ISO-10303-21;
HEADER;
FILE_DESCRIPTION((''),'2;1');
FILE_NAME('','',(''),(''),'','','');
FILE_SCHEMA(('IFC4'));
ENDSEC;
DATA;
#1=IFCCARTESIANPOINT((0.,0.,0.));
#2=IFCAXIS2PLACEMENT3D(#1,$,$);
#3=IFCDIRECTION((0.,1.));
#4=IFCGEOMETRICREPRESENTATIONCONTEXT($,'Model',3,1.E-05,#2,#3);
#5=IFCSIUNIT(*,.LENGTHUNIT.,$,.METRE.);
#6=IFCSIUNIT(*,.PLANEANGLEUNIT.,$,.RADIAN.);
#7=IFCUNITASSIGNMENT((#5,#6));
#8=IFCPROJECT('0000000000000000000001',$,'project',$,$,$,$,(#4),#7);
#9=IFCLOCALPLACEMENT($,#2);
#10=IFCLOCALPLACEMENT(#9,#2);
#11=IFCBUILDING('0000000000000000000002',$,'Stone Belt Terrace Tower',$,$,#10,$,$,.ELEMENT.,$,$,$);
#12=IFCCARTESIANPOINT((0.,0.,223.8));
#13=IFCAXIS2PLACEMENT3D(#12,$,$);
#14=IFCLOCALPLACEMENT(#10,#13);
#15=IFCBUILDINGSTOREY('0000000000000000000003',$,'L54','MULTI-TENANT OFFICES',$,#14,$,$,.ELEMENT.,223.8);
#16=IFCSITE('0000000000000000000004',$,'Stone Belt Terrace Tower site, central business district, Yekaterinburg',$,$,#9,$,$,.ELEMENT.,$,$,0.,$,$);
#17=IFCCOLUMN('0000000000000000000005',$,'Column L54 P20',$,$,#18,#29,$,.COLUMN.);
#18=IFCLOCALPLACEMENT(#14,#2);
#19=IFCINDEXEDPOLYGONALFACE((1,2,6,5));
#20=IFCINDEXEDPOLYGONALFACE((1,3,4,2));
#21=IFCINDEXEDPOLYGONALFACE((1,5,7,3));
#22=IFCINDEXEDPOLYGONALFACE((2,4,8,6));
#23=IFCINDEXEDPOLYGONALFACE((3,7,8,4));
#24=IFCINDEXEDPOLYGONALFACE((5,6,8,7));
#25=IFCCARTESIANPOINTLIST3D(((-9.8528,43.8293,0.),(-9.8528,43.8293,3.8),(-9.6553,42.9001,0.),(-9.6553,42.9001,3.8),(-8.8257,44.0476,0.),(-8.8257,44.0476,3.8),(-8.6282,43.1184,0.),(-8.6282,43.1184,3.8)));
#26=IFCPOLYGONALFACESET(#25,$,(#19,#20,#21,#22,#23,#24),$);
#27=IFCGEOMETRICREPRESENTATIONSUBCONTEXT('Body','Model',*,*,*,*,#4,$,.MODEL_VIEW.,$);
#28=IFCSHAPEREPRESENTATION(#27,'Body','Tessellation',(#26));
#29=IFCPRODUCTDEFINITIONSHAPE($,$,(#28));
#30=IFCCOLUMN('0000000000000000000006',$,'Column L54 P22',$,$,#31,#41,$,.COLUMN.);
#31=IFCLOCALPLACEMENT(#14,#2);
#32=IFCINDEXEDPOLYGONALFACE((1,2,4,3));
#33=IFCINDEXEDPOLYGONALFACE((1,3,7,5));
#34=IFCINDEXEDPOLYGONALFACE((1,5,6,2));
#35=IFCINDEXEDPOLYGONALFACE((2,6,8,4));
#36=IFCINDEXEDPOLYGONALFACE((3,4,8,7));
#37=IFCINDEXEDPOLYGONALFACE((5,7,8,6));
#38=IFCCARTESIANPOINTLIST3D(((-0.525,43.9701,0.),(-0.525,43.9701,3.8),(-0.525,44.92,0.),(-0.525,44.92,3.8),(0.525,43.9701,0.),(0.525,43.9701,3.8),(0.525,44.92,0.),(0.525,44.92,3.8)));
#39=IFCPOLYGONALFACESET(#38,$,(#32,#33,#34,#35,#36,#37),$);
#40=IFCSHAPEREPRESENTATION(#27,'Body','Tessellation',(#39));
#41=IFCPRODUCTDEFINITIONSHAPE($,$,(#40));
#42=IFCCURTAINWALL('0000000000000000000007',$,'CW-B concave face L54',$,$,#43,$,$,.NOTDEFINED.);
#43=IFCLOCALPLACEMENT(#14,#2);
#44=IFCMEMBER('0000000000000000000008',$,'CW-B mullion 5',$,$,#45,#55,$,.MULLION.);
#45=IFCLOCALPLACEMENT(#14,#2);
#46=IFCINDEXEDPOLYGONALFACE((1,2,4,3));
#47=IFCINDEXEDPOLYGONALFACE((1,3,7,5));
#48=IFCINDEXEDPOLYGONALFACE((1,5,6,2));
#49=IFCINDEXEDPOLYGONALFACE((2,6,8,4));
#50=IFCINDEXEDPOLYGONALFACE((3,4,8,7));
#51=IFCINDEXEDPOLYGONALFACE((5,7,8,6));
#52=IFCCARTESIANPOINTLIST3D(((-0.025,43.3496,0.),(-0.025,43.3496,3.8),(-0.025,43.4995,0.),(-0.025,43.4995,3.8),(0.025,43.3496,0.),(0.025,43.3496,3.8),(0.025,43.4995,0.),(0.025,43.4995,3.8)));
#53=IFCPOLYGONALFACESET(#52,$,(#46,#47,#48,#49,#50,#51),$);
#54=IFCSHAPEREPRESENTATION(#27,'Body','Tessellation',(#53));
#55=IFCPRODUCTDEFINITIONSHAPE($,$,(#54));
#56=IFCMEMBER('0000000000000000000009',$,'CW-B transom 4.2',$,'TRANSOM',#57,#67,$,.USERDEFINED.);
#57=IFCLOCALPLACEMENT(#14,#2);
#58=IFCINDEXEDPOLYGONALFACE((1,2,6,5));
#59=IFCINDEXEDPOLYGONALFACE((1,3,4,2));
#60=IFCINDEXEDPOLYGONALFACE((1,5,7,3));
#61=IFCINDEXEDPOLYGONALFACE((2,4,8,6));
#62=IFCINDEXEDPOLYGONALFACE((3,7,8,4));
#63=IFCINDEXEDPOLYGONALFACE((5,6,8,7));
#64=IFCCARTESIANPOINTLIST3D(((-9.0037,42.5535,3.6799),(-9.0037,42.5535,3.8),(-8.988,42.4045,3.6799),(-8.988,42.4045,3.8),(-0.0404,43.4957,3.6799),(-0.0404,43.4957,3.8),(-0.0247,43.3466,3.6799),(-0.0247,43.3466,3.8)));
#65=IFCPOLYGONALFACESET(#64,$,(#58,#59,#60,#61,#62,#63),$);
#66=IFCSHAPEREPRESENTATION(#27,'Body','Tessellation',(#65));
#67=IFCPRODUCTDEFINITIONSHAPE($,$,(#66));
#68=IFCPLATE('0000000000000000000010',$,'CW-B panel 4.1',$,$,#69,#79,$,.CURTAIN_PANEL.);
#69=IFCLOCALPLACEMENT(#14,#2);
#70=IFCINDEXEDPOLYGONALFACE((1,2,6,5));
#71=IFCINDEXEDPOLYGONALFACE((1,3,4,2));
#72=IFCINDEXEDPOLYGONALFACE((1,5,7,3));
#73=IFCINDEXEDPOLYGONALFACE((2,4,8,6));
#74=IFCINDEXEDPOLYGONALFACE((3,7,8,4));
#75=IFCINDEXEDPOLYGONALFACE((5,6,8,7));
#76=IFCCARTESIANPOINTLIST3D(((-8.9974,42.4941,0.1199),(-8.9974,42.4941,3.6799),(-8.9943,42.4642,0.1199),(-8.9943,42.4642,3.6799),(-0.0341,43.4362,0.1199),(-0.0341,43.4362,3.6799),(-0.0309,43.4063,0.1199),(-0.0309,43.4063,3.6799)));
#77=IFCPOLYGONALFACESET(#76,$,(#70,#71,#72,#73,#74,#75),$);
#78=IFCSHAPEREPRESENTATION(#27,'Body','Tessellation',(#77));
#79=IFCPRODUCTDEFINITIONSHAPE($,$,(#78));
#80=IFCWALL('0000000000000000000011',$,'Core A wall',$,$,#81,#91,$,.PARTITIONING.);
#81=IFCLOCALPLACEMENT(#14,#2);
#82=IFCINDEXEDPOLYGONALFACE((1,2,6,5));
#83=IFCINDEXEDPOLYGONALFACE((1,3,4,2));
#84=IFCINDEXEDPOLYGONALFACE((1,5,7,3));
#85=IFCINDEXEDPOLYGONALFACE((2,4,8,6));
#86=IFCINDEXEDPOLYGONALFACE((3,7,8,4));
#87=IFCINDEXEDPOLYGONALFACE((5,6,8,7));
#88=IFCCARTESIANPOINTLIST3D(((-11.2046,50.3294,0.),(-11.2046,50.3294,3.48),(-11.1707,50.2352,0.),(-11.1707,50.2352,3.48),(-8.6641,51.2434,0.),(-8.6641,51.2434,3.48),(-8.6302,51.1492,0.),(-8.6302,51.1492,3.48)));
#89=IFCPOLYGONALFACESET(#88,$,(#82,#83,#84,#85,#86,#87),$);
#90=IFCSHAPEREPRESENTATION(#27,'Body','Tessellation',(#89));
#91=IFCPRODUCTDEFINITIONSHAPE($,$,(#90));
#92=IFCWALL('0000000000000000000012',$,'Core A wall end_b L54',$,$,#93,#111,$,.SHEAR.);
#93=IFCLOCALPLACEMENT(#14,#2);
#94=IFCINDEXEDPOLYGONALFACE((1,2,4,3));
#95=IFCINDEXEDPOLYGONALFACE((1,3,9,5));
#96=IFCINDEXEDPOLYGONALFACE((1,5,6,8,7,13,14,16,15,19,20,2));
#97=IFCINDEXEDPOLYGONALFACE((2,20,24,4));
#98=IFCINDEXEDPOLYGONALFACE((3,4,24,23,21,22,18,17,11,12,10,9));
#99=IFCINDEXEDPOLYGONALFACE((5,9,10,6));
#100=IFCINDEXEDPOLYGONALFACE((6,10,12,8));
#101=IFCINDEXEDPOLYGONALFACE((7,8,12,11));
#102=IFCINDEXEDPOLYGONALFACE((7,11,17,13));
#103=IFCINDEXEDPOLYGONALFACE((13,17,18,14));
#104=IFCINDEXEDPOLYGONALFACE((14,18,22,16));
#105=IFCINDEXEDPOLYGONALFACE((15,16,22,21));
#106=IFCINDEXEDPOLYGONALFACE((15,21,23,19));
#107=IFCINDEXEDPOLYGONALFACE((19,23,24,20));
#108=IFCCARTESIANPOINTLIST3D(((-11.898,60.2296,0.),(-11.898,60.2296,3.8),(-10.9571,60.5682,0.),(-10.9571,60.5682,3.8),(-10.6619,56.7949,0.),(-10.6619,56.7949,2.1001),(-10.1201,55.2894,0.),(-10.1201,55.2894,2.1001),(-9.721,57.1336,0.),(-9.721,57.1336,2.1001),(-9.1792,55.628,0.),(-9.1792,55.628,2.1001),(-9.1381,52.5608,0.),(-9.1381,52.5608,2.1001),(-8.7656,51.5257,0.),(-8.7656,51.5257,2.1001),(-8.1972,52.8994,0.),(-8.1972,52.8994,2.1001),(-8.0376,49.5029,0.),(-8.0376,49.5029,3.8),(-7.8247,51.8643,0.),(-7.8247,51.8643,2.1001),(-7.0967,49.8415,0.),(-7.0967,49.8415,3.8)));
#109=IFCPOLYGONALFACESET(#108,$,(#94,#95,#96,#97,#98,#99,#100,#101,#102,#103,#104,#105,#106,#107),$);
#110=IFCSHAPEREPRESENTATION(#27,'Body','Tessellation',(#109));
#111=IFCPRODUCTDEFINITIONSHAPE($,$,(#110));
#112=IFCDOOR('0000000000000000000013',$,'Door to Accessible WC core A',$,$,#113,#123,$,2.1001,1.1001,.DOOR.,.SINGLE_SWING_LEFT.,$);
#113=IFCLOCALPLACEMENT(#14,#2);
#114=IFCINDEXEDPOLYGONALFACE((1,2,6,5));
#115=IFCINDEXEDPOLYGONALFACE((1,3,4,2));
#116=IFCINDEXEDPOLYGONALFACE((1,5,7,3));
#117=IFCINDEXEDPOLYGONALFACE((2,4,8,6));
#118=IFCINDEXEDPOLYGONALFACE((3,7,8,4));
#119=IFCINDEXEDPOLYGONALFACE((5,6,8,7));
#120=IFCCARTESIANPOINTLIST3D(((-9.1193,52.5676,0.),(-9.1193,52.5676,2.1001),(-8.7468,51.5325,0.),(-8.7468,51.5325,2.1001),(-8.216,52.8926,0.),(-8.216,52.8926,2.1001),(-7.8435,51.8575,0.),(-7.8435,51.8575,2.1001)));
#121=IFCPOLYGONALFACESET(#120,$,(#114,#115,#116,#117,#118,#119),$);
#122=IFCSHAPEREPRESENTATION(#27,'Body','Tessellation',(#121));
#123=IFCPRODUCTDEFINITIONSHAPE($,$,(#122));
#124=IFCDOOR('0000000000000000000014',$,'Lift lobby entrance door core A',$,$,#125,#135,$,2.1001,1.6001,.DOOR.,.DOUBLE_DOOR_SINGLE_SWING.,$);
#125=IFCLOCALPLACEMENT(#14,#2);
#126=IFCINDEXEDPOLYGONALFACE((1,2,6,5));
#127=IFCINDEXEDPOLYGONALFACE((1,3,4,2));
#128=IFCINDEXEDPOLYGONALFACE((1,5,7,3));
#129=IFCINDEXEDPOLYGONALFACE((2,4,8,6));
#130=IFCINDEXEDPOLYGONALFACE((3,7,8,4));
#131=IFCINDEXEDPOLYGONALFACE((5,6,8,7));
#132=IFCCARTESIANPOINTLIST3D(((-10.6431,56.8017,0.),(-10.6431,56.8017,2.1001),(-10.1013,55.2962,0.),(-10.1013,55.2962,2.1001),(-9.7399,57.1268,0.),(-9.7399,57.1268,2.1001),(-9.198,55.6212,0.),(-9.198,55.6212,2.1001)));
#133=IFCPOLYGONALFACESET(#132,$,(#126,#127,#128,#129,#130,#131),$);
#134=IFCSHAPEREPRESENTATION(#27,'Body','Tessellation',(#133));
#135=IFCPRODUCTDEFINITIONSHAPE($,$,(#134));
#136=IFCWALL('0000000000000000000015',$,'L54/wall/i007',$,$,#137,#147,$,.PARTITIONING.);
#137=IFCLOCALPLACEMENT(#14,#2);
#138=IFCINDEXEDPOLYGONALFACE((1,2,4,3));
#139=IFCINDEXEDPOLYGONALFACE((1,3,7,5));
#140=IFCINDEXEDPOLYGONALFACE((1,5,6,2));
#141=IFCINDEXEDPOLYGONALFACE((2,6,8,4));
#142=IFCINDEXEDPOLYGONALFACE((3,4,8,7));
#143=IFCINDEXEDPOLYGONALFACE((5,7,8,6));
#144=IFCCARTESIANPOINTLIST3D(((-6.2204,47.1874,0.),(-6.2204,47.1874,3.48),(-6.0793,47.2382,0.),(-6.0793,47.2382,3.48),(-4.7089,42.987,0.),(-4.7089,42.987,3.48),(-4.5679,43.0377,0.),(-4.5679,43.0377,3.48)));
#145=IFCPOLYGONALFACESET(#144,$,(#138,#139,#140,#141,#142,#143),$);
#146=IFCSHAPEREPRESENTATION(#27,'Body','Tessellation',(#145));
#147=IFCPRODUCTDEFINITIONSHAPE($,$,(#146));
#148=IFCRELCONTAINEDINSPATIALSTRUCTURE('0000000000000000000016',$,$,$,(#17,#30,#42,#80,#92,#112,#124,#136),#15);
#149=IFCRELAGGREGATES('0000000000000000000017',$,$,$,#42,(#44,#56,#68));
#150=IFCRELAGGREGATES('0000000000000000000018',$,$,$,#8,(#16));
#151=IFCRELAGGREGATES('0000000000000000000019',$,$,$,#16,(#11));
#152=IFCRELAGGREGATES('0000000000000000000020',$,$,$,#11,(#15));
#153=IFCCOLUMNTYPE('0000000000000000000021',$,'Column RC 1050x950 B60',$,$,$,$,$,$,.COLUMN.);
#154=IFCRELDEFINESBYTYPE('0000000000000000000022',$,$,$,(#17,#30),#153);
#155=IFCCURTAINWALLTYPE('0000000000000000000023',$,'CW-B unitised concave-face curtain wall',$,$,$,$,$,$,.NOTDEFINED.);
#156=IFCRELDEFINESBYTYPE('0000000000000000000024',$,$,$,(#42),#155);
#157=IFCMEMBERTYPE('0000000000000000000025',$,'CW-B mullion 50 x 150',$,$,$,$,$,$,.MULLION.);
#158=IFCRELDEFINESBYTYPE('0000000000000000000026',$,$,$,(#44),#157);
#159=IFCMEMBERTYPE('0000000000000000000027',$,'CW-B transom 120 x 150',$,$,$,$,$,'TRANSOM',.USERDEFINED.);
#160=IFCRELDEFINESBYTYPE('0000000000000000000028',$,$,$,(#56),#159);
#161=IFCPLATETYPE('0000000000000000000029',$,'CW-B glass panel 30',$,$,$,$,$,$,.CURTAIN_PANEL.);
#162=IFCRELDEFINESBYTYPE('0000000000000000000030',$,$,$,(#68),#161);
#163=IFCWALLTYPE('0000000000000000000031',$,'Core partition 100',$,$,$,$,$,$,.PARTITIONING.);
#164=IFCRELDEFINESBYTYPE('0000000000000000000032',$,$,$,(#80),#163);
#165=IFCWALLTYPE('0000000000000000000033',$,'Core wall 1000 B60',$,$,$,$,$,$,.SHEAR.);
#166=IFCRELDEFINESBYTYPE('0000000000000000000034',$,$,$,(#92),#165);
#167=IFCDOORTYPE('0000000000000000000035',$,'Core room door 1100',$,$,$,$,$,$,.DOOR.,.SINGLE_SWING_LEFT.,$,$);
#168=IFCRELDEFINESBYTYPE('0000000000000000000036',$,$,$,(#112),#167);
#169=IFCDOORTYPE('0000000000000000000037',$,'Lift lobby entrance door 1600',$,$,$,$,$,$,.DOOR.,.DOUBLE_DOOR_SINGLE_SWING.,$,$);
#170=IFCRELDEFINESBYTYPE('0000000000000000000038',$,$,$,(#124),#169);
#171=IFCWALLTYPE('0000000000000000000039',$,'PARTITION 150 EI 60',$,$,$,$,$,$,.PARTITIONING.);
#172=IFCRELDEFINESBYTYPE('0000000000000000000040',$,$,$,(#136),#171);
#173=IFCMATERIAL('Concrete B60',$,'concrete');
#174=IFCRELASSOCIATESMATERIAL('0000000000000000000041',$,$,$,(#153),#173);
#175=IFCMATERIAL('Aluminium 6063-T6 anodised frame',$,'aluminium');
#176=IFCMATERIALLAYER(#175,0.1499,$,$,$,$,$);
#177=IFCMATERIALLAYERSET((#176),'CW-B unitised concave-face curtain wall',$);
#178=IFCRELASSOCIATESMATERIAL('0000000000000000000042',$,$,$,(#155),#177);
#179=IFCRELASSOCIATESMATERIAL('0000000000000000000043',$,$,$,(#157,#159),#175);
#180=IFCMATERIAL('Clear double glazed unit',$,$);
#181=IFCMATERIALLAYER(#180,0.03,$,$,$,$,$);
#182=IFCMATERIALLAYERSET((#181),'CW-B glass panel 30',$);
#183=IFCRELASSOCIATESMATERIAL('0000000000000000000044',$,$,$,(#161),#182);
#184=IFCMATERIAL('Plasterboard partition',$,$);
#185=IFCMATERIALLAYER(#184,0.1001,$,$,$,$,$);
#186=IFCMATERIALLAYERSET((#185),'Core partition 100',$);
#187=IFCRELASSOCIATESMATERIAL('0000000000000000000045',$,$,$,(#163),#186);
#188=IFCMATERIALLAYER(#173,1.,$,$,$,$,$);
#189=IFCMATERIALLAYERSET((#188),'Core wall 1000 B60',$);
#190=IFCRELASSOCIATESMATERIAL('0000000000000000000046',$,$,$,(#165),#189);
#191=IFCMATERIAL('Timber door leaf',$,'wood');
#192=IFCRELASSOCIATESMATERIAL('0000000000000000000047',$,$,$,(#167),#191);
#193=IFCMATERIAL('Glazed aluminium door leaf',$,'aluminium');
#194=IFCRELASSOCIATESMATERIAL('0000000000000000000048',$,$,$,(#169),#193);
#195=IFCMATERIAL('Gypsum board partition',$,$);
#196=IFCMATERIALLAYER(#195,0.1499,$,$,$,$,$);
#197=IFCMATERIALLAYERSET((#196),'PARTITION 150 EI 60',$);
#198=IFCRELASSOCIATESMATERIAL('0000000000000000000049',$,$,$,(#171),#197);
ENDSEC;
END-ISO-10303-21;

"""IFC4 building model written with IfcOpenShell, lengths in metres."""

from ifc_helpers import new_model, si_unit, direction, frame, frame_2d, origin, origin_2d, place, context, subcontext, project, spatial, rectangle, extrude, material, layer, layer_set, material_profile, profile_set, type_object, element, fill, aggregate, save


model = new_model("IFC4")

# Units and contexts
model_context = context("Model", 3, precision=1e-05, world=origin(), true_north=direction((0.0, 1.0)))
body_context = subcontext(model_context, "Body", "Model", "MODEL_VIEW")
ifc_project = project(units=[si_unit("LENGTHUNIT", "METRE"), si_unit("PLANEANGLEUNIT", "RADIAN")], contexts=[model_context])

# Site, building, storey
site_placement = place(None, origin())
site = spatial("IfcSite", under=ifc_project, at=site_placement, Name="Stone Belt Terrace Tower site, central business district, Yekaterinburg", CompositionType="ELEMENT", RefElevation=0.0)
building_placement = place(site_placement, origin())
building = spatial("IfcBuilding", under=site, at=building_placement, Name="Stone Belt Terrace Tower", CompositionType="ELEMENT")
storey_placement = place(building_placement, frame((0.0, 0.0, 223.8)))
storey = spatial("IfcBuildingStorey", under=building, at=storey_placement, Name="L54", Description="MULTI-TENANT OFFICES", CompositionType="ELEMENT", Elevation=223.8)

# Columns
ifc_material_1 = material(Name="Concrete B60", Category="concrete")
ifc_material_profile_1 = material_profile(ifc_material_1, rectangle(XDim=1.05, YDim=0.95, at=origin_2d()), Name="RC 1050x950")
ifc_profile_set_1 = profile_set([ifc_material_profile_1], Name="Concrete B60")
column_type = type_object("IfcColumnType", Name="Column RC 1050x950 B60", PredefinedType="COLUMN", material=ifc_profile_set_1)
for number, where, z_axis, x_axis, name in (
    (1, (-9.2405, 43.4739, 0.0), (0.0, 0.0, 1.0), (0.978148, 0.207912, 0.0), "Column L54 P20"),
    (2, (0.0, 44.4451, 0.0), (0.0, 0.0, 1.0), (1.0, 0.0, 0.0), "Column L54 P22"),
):
    element("IfcColumn", number, at=place(storey_placement, frame(where, z_axis=z_axis, x_axis=x_axis)), inside=storey, type_object=column_type, Name=name, PredefinedType="COLUMN", context=body_context, shape_type="SweptSolid", body=[
        extrude(rectangle(XDim=1.05, YDim=0.95, at=origin_2d()), origin(), (0.0, 0.0, 1.0), 3.8),
    ])

# Curtain wall, members, plate
ifc_material_2 = material(Name="Aluminium 6063-T6 anodised frame", Category="aluminium")
ifc_layer_1 = layer(ifc_material_2, 0.1499)
ifc_layer_set_1 = layer_set([ifc_layer_1], Name="CW-B unitised concave-face curtain wall")
curtain_wall_type = type_object("IfcCurtainWallType", Name="CW-B unitised concave-face curtain wall", PredefinedType="NOTDEFINED", material=ifc_layer_set_1)
curtain_wall_placement = place(storey_placement, origin())
curtain_wall = element("IfcCurtainWall", 3, at=curtain_wall_placement, inside=storey, type_object=curtain_wall_type, Name="CW-B concave face L54", PredefinedType="NOTDEFINED")
ifc_material_profile_2 = material_profile(ifc_material_2, rectangle(XDim=0.1499, YDim=0.05, at=origin_2d()), Name="Aluminium 6063-T6 50x150")
ifc_profile_set_2 = profile_set([ifc_material_profile_2], Name="Aluminium 6063-T6 anodised frame")
member_type_1 = type_object("IfcMemberType", Name="CW-B mullion 50 x 150", PredefinedType="MULLION", material=ifc_profile_set_2)
member_1_placement = place(storey_placement, frame((0.0, 43.4246, 0.0), z_axis=(0.0, 0.0, 1.0), x_axis=(0.0, 1.0, 0.0)))
member_1 = element("IfcMember", 4, at=member_1_placement, type_object=member_type_1, Name="CW-B mullion 5", PredefinedType="MULLION", context=body_context, shape_type="SweptSolid", body=[
    extrude(rectangle(XDim=0.1499, YDim=0.05, at=origin_2d()), origin(), (0.0, 0.0, 1.0), 3.8),
])
ifc_material_profile_3 = material_profile(ifc_material_2, rectangle(XDim=0.1499, YDim=0.1201, at=origin_2d()), Name="Aluminium 6063-T6 150x120")
ifc_profile_set_3 = profile_set([ifc_material_profile_3], Name="Aluminium 6063-T6 anodised frame")
member_type_2 = type_object("IfcMemberType", Name="CW-B transom 120 x 150", ElementType="TRANSOM", PredefinedType="USERDEFINED", material=ifc_profile_set_3)
member_2_placement = place(storey_placement, frame((-8.9958, 42.479, 3.74), z_axis=(0.994521, 0.104534, 0.0), x_axis=(-0.104534, 0.994521, 0.0)))
member_2 = element("IfcMember", 5, at=member_2_placement, type_object=member_type_2, Name="CW-B transom 4.2", ObjectType="TRANSOM", PredefinedType="USERDEFINED", context=body_context, shape_type="SweptSolid", body=[
    extrude(rectangle(XDim=0.1499, YDim=0.1201, at=origin_2d()), origin(), (0.0, 0.0, 1.0), 9.0127),
])
ifc_material_3 = material(Name="Clear double glazed unit")
ifc_layer_2 = layer(ifc_material_3, 0.03)
ifc_layer_set_2 = layer_set([ifc_layer_2], Name="CW-B glass panel 30")
plate_type = type_object("IfcPlateType", Name="CW-B glass panel 30", PredefinedType="CURTAIN_PANEL", material=ifc_layer_set_2)
plate_placement = place(storey_placement, frame((-4.5142, 42.9502, 0.1199), z_axis=(0.0, 0.0, 1.0), x_axis=(0.994522, 0.104528, 0.0)))
plate = element("IfcPlate", 6, at=plate_placement, type_object=plate_type, Name="CW-B panel 4.1", PredefinedType="CURTAIN_PANEL", context=body_context, shape_type="SweptSolid", body=[
    extrude(rectangle(XDim=9.0127, YDim=0.03, at=origin_2d()), origin(), (0.0, 0.0, 1.0), 3.5601),
])
aggregate(curtain_wall, [member_1, member_2, plate])

# Wall
ifc_material_4 = material(Name="Plasterboard partition")
ifc_layer_3 = layer(ifc_material_4, 0.1001)
ifc_layer_set_3 = layer_set([ifc_layer_3], Name="Core partition 100")
wall_type_1 = type_object("IfcWallType", Name="Core partition 100", PredefinedType="PARTITIONING", material=ifc_layer_set_3)
wall_1_placement = place(storey_placement, frame((-11.1877, 50.2822, 0.0), z_axis=(0.0, 0.0, 1.0), x_axis=(0.94095, 0.338547, 0.0)))
element("IfcWall", 7, at=wall_1_placement, inside=storey, type_object=wall_type_1, Name="Core A wall", PredefinedType="PARTITIONING", context=body_context, shape_type="SweptSolid", body=[
    extrude(rectangle(XDim=2.7, YDim=0.1001, at=frame_2d((1.3501, 0.0))), origin(), (0.0, 0.0, 1.0), 3.48),
])

# Wall, openings, doors
ifc_layer_4 = layer(ifc_material_1, 1.0)
ifc_layer_set_4 = layer_set([ifc_layer_4], Name="Core wall 1000 B60")
wall_type_2 = type_object("IfcWallType", Name="Core wall 1000 B60", PredefinedType="SHEAR", material=ifc_layer_set_4)
wall_2_placement = place(storey_placement, frame((-7.5671, 49.6721, 0.0), z_axis=(0.0, 0.0, 1.0), x_axis=(-0.338625, 0.940921, 0.0)))
wall_2 = element("IfcWall", 8, at=wall_2_placement, inside=storey, type_object=wall_type_2, Name="Core A wall end_b L54", PredefinedType="SHEAR", context=body_context, shape_type="SweptSolid", body=[
    extrude(rectangle(XDim=11.4001, YDim=1.0, at=frame_2d((5.7002, 0.0))), origin(), (0.0, 0.0, 1.0), 3.8),
])
opening_1_placement = place(wall_2_placement, frame((6.1499, 0.0, 0.0)))
opening_1 = element("IfcOpeningElement", 9, at=opening_1_placement, cuts=wall_2, PredefinedType="OPENING", context=body_context, shape_type="SweptSolid", body=[
    extrude(rectangle(XDim=1.6001, YDim=2.1001, at=frame_2d((0.8, 1.05))), frame((0.0, 0.51, 0.0), z_axis=(0.0, -1.0, 0.0), x_axis=(1.0, 0.0, 0.0)), (0.0, 0.0, 1.0), 1.02),
])
opening_2_placement = place(wall_2_placement, frame((2.1499, 0.0, 0.0)))
opening_2 = element("IfcOpeningElement", 10, at=opening_2_placement, cuts=wall_2, PredefinedType="OPENING", context=body_context, shape_type="SweptSolid", body=[
    extrude(rectangle(XDim=1.1001, YDim=2.1001, at=frame_2d((0.55, 1.05))), frame((0.0, 0.51, 0.0), z_axis=(0.0, -1.0, 0.0), x_axis=(1.0, 0.0, 0.0)), (0.0, 0.0, 1.0), 1.02),
])
ifc_material_5 = material(Name="Timber door leaf", Category="wood")
door_type_1 = type_object("IfcDoorType", Name="Core room door 1100", OperationType="SINGLE_SWING_LEFT", PredefinedType="DOOR", material=ifc_material_5)
door_1_placement = place(opening_2_placement, origin())
door_1 = element("IfcDoor", 11, at=door_1_placement, inside=storey, type_object=door_type_1, Name="Door to Accessible WC core A", OperationType="SINGLE_SWING_LEFT", OverallHeight=2.1001, OverallWidth=1.1001, PredefinedType="DOOR", context=body_context, shape_type="SweptSolid", body=[
    extrude(rectangle(XDim=1.1001, YDim=2.1001, at=frame_2d((0.55, 1.05))), frame((0.0, 0.48, 0.0), z_axis=(0.0, -1.0, 0.0), x_axis=(1.0, 0.0, 0.0)), (0.0, 0.0, 1.0), 0.96),
])
fill(opening_2, door_1)
ifc_material_6 = material(Name="Glazed aluminium door leaf", Category="aluminium")
door_type_2 = type_object("IfcDoorType", Name="Lift lobby entrance door 1600", OperationType="DOUBLE_DOOR_SINGLE_SWING", PredefinedType="DOOR", material=ifc_material_6)
door_2_placement = place(opening_1_placement, origin())
door_2 = element("IfcDoor", 12, at=door_2_placement, inside=storey, type_object=door_type_2, Name="Lift lobby entrance door core A", OperationType="DOUBLE_DOOR_SINGLE_SWING", OverallHeight=2.1001, OverallWidth=1.6001, PredefinedType="DOOR", context=body_context, shape_type="SweptSolid", body=[
    extrude(rectangle(XDim=1.6001, YDim=2.1001, at=frame_2d((0.8, 1.05))), frame((0.0, 0.48, 0.0), z_axis=(0.0, -1.0, 0.0), x_axis=(1.0, 0.0, 0.0)), (0.0, 0.0, 1.0), 0.96),
])
fill(opening_1, door_2)

# Wall
ifc_material_7 = material(Name="Gypsum board partition")
ifc_layer_5 = layer(ifc_material_7, 0.1499)
ifc_layer_set_5 = layer_set([ifc_layer_5], Name="PARTITION 150 EI 60")
wall_type_3 = type_object("IfcWallType", Name="PARTITION 150 EI 60", PredefinedType="PARTITIONING", material=ifc_layer_set_5)
wall_3_placement = place(storey_placement, frame((-4.6384, 43.0125, 0.0), z_axis=(0.0, 0.0, 1.0), x_axis=(-0.338584, 0.940936, 0.0)))
element("IfcWall", 13, at=wall_3_placement, inside=storey, type_object=wall_type_3, Name="L54/wall/i007", PredefinedType="PARTITIONING", context=body_context, shape_type="SweptSolid", body=[
    extrude(rectangle(XDim=4.4641, YDim=0.1499, at=frame_2d((2.2319, 0.0))), origin(), (0.0, 0.0, 1.0), 3.48),
])

save(model, "model.ifc")
